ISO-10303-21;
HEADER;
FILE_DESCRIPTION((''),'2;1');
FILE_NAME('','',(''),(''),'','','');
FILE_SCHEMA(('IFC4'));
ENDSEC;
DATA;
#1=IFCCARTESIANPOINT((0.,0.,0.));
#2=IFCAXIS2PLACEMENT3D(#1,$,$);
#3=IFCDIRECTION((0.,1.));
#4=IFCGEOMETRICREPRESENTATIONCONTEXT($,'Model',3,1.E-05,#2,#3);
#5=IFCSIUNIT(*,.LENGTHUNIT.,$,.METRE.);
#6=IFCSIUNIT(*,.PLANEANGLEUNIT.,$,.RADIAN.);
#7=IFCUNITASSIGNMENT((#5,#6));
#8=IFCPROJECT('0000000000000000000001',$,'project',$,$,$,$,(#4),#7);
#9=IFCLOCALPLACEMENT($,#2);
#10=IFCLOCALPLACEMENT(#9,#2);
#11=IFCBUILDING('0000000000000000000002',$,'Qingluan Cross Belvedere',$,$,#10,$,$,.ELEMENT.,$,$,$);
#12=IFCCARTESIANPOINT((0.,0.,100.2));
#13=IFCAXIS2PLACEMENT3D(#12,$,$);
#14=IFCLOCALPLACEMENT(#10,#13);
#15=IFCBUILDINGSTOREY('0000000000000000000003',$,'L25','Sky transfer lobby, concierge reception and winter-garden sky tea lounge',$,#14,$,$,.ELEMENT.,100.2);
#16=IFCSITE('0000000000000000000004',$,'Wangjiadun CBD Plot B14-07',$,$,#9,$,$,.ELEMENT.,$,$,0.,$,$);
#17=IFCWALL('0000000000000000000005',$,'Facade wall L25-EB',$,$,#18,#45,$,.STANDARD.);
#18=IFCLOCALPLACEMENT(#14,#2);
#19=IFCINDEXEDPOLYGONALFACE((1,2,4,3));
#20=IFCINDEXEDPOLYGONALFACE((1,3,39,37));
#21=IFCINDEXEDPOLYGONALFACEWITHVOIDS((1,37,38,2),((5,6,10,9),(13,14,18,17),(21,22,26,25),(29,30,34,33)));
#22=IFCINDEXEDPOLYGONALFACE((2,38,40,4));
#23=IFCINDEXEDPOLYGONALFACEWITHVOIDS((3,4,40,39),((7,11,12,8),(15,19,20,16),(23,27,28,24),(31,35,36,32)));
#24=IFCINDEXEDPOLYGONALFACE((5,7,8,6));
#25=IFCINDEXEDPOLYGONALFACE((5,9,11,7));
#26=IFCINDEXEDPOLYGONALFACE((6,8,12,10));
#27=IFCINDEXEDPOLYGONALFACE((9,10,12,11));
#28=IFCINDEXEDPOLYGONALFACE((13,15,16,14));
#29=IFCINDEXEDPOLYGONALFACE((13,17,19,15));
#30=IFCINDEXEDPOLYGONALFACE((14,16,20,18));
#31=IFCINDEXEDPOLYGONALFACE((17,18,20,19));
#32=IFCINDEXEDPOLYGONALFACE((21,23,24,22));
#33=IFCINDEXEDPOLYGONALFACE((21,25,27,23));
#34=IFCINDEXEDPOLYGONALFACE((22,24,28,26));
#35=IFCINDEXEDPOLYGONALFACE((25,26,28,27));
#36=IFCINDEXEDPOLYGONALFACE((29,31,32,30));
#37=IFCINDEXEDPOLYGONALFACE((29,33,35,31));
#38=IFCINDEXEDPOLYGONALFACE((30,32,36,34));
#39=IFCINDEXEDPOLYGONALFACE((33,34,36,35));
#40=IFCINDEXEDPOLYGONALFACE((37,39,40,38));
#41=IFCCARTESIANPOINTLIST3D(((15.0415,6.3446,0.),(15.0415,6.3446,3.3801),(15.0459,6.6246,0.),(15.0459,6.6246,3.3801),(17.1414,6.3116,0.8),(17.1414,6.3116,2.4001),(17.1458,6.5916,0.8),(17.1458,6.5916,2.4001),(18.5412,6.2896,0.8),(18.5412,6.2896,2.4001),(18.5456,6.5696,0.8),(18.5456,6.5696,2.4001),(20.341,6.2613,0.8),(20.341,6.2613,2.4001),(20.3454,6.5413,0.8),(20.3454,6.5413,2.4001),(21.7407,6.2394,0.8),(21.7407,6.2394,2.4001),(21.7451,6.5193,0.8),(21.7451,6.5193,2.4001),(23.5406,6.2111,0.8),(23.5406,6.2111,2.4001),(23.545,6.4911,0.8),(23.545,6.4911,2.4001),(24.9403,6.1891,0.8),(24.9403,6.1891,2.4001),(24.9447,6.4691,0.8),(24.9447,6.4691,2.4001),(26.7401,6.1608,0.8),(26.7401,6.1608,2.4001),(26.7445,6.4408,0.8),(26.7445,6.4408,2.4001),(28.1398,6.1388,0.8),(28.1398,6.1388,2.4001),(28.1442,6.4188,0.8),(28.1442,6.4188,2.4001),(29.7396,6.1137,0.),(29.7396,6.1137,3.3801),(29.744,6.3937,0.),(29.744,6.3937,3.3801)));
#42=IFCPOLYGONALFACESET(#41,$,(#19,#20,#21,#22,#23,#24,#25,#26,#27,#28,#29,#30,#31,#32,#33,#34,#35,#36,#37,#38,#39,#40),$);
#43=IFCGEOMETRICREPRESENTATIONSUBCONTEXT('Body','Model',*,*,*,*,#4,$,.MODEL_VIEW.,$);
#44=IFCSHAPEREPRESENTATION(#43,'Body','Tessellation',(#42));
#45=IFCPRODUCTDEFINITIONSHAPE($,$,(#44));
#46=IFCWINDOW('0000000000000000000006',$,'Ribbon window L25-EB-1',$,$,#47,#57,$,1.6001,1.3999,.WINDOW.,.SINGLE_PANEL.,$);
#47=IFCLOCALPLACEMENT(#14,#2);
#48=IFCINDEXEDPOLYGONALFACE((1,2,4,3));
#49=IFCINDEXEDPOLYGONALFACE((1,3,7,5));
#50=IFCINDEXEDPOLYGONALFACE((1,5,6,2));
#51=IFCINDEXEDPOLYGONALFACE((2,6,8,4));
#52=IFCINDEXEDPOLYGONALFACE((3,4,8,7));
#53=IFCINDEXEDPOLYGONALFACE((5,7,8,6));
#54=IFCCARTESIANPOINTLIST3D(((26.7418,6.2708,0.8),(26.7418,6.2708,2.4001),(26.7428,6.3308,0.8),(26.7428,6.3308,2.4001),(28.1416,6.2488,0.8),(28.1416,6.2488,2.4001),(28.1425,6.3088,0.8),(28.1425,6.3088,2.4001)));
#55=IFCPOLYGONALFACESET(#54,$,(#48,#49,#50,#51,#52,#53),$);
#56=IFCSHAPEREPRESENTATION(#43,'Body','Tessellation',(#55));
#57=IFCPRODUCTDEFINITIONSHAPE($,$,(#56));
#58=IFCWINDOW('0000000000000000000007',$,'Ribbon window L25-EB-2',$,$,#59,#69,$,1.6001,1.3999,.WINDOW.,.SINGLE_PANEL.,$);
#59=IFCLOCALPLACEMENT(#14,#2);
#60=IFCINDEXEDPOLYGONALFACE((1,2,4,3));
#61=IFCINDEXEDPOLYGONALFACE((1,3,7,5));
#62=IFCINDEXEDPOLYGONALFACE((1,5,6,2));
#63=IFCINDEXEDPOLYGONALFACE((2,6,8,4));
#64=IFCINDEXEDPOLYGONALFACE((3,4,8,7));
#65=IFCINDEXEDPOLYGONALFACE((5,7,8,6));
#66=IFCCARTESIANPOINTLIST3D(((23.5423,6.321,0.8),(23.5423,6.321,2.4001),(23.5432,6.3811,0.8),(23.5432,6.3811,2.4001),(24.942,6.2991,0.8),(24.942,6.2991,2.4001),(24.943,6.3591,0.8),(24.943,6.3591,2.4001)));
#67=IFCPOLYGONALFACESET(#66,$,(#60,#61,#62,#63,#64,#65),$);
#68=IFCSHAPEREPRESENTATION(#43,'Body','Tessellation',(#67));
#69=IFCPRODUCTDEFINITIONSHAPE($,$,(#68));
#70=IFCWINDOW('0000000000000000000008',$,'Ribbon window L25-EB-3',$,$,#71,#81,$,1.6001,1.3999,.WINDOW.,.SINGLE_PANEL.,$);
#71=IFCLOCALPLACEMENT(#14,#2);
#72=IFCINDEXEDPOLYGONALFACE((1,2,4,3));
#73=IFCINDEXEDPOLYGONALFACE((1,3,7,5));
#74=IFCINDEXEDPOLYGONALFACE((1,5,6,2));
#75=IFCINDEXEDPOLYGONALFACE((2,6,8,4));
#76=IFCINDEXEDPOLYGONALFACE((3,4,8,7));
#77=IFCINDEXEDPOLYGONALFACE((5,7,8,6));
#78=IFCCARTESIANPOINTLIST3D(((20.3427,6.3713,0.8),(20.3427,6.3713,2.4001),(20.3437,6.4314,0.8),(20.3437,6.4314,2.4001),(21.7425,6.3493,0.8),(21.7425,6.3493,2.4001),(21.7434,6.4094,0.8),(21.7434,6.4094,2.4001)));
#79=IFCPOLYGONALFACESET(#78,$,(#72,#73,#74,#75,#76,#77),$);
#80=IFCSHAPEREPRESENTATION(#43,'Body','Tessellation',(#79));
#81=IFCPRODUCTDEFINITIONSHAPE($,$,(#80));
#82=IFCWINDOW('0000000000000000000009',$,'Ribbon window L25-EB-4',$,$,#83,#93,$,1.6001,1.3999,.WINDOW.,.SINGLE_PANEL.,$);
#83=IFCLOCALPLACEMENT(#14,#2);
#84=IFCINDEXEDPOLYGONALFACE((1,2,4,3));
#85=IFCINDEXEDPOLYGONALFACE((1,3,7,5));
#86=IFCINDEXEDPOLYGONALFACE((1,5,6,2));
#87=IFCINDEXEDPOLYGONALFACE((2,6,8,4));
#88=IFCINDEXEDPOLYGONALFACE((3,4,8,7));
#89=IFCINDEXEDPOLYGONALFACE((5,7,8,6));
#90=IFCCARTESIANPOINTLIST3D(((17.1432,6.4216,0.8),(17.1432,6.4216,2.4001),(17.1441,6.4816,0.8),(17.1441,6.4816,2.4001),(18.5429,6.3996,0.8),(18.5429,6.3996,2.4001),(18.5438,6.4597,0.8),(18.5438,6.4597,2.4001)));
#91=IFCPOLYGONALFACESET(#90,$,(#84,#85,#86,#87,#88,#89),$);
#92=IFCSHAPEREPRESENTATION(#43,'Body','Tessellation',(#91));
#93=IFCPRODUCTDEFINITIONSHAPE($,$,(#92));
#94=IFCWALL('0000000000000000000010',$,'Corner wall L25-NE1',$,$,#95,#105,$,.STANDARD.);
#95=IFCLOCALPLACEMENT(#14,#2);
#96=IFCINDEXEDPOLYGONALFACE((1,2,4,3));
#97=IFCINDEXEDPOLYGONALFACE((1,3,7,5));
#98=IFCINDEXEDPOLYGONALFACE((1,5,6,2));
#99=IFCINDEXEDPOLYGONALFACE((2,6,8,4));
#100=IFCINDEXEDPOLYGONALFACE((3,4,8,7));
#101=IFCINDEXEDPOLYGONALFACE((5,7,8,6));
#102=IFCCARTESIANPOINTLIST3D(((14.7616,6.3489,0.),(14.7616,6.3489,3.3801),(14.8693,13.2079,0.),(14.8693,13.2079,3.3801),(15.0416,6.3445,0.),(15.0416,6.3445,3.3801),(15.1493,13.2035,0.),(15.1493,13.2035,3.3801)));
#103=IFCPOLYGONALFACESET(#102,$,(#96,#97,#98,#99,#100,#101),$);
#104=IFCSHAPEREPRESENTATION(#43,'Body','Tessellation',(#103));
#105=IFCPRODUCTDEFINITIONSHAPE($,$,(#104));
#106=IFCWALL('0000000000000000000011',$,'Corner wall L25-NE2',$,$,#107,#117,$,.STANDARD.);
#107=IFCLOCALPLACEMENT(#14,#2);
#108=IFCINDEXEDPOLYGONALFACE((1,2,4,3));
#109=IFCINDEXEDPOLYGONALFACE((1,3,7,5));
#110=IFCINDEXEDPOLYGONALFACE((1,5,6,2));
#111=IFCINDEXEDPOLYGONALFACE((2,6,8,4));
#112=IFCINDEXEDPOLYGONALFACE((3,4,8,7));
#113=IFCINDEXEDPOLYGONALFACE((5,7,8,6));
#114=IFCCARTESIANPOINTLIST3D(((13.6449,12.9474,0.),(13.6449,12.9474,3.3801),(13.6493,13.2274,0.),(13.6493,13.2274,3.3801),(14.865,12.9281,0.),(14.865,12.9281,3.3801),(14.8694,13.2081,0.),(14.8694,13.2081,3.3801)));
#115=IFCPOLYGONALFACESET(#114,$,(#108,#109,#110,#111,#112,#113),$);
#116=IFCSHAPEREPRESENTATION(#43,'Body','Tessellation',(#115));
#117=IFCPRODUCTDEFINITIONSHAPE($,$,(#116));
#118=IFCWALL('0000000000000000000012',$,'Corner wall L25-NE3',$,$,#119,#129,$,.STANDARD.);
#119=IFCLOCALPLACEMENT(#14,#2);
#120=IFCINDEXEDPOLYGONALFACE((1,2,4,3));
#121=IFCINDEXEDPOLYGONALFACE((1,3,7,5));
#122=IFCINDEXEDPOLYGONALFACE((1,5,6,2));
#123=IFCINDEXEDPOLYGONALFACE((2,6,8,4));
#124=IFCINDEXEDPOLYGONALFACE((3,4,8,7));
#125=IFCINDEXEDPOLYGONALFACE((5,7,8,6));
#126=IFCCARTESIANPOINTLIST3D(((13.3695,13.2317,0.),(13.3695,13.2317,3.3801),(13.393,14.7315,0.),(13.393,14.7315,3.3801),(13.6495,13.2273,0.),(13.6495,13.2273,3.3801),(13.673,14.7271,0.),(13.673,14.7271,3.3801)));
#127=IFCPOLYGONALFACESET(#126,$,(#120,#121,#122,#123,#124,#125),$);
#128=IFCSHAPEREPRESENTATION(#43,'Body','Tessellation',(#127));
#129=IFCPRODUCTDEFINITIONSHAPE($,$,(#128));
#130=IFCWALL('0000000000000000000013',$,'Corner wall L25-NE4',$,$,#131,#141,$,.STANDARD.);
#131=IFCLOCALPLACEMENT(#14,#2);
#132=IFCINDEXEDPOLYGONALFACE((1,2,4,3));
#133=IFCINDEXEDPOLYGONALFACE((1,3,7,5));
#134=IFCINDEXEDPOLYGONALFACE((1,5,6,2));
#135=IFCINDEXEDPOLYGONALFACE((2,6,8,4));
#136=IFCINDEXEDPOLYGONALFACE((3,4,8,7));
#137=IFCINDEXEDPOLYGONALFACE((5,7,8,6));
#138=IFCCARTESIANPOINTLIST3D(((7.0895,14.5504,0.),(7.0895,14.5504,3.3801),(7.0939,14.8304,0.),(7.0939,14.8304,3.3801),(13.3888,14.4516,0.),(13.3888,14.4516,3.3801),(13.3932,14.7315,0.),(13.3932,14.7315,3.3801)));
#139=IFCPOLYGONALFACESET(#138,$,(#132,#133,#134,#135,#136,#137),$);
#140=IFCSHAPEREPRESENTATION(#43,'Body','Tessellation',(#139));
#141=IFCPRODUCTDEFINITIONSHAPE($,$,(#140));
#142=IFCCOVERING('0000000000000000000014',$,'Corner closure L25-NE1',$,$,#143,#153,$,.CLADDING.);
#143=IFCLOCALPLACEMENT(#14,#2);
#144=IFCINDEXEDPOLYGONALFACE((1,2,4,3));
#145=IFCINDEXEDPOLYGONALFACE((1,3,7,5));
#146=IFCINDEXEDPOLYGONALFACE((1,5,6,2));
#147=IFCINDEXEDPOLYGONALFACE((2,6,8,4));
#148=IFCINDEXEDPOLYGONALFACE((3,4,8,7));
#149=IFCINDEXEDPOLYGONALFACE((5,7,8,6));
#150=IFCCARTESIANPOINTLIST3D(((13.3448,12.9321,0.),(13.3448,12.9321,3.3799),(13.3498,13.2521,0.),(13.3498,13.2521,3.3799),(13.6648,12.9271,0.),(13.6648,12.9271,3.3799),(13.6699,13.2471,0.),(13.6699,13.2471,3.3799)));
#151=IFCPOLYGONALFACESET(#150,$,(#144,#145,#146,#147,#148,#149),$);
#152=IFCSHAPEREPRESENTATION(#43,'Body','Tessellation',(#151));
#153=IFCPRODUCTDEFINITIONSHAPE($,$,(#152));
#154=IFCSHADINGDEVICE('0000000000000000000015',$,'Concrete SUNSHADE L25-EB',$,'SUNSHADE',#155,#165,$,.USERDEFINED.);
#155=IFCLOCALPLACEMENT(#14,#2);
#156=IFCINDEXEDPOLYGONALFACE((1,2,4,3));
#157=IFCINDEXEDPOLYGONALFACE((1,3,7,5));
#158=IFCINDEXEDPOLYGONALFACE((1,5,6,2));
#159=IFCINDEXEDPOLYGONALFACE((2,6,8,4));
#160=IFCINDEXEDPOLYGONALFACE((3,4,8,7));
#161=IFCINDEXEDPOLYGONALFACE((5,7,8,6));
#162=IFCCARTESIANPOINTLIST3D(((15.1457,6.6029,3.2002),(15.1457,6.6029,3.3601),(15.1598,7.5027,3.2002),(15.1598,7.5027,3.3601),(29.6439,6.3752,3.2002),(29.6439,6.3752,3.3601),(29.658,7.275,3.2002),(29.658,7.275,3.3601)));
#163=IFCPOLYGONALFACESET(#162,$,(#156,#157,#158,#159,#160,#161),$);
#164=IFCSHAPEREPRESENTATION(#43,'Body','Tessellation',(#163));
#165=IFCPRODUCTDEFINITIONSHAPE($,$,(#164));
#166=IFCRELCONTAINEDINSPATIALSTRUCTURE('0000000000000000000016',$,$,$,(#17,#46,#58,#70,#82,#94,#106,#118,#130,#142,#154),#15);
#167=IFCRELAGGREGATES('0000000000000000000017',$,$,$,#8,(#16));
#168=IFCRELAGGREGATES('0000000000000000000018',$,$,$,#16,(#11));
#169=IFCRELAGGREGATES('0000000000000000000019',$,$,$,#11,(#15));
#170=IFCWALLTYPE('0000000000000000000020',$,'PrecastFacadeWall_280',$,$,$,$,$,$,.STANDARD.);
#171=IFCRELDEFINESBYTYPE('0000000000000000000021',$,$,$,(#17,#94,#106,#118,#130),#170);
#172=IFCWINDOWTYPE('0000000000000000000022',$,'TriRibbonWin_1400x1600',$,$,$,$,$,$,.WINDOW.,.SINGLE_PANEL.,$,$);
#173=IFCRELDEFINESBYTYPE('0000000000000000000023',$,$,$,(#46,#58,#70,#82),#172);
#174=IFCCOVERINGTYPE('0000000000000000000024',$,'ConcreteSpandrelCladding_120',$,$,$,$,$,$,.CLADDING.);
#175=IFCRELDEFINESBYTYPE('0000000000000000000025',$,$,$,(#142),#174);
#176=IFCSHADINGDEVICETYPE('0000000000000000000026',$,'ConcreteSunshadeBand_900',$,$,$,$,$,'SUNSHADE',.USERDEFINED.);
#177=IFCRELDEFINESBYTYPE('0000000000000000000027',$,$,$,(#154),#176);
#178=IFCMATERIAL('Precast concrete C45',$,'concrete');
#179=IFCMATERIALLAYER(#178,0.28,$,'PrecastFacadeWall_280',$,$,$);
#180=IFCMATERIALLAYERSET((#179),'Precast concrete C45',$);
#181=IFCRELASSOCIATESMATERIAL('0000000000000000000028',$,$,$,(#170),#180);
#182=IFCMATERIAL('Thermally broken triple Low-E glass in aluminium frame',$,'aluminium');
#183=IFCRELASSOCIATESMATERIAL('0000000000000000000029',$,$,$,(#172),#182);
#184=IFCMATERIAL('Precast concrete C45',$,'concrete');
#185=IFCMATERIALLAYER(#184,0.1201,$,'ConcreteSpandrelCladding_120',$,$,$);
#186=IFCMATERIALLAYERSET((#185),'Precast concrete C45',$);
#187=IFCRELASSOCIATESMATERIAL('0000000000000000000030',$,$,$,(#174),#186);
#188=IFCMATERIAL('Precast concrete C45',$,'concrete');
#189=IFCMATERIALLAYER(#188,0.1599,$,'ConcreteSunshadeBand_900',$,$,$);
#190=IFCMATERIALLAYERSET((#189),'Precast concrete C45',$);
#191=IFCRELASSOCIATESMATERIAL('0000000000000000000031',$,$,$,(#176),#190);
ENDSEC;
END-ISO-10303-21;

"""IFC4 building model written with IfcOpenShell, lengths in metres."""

from ifc_helpers import new_model, si_unit, direction, frame, frame_2d, origin, origin_2d, place, context, subcontext, project, spatial, rectangle, extrude, material, layer, layer_set, type_object, element, fill, save


model = new_model("IFC4")

# Units and contexts
model_context = context("Model", 3, precision=1e-05, world=origin(), true_north=direction((0.0, 1.0)))
body_context = subcontext(model_context, "Body", "Model", "MODEL_VIEW")
ifc_project = project(units=[si_unit("LENGTHUNIT", "METRE"), si_unit("PLANEANGLEUNIT", "RADIAN")], contexts=[model_context])

# Site, building, storey
site_placement = place(None, origin())
site = spatial("IfcSite", under=ifc_project, at=site_placement, Name="Wangjiadun CBD Plot B14-07", CompositionType="ELEMENT", RefElevation=0.0)
building_placement = place(site_placement, origin())
building = spatial("IfcBuilding", under=site, at=building_placement, Name="Qingluan Cross Belvedere", CompositionType="ELEMENT")
storey_placement = place(building_placement, frame((0.0, 0.0, 100.2)))
storey = spatial("IfcBuildingStorey", under=building, at=storey_placement, Name="L25", Description="Sky transfer lobby, concierge reception and winter-garden sky tea lounge", CompositionType="ELEMENT", Elevation=100.2)

# Wall, openings, windows
ifc_material_1 = material(Name="Precast concrete C45", Category="concrete")
ifc_layer_1 = layer(ifc_material_1, 0.28, Name="PrecastFacadeWall_280")
ifc_layer_set_1 = layer_set([ifc_layer_1], Name="Precast concrete C45")
wall_type = type_object("IfcWallType", Name="PrecastFacadeWall_280", PredefinedType="STANDARD", material=ifc_layer_set_1)
wall_1_placement = place(storey_placement, frame((29.7419, 6.2537, 0.0), z_axis=(0.0, 0.0, 1.0), x_axis=(-0.999877, 0.015711, 0.0)))
wall_1 = element("IfcWall", 1, at=wall_1_placement, inside=storey, type_object=wall_type, Name="Facade wall L25-EB", PredefinedType="STANDARD", context=body_context, shape_type="SweptSolid", body=[
    extrude(rectangle(XDim=14.7, YDim=0.28, at=frame_2d((7.3501, 0.0))), origin(), (0.0, 0.0, 1.0), 3.3801),
])
opening_1_placement = place(wall_1_placement, frame((1.6001, 0.0, 0.8)))
opening_1 = element("IfcOpeningElement", 2, at=opening_1_placement, cuts=wall_1, PredefinedType="OPENING", context=body_context, shape_type="SweptSolid", body=[
    extrude(rectangle(XDim=1.3999, YDim=1.6001, at=frame_2d((0.7, 0.8))), frame((0.0, 0.1499, 0.0), z_axis=(0.0, -1.0, 0.0), x_axis=(1.0, 0.0, 0.0)), (0.0, 0.0, 1.0), 0.3),
])
opening_2_placement = place(wall_1_placement, frame((4.8, 0.0, 0.8)))
opening_2 = element("IfcOpeningElement", 3, at=opening_2_placement, cuts=wall_1, PredefinedType="OPENING", context=body_context, shape_type="SweptSolid", body=[
    extrude(rectangle(XDim=1.3999, YDim=1.6001, at=frame_2d((0.7, 0.8))), frame((0.0, 0.1499, 0.0), z_axis=(0.0, -1.0, 0.0), x_axis=(1.0, 0.0, 0.0)), (0.0, 0.0, 1.0), 0.3),
])
opening_3_placement = place(wall_1_placement, frame((8.0, 0.0, 0.8)))
opening_3 = element("IfcOpeningElement", 4, at=opening_3_placement, cuts=wall_1, PredefinedType="OPENING", context=body_context, shape_type="SweptSolid", body=[
    extrude(rectangle(XDim=1.3999, YDim=1.6001, at=frame_2d((0.7, 0.8))), frame((0.0, 0.1499, 0.0), z_axis=(0.0, -1.0, 0.0), x_axis=(1.0, 0.0, 0.0)), (0.0, 0.0, 1.0), 0.3),
])
opening_4_placement = place(wall_1_placement, frame((11.2, 0.0, 0.8)))
opening_4 = element("IfcOpeningElement", 5, at=opening_4_placement, cuts=wall_1, PredefinedType="OPENING", context=body_context, shape_type="SweptSolid", body=[
    extrude(rectangle(XDim=1.3999, YDim=1.6001, at=frame_2d((0.7, 0.8))), frame((0.0, 0.1499, 0.0), z_axis=(0.0, -1.0, 0.0), x_axis=(1.0, 0.0, 0.0)), (0.0, 0.0, 1.0), 0.3),
])
ifc_material_2 = material(Name="Thermally broken triple Low-E glass in aluminium frame", Category="aluminium")
window_type = type_object("IfcWindowType", Name="TriRibbonWin_1400x1600", PartitioningType="SINGLE_PANEL", PredefinedType="WINDOW", material=ifc_material_2)
window_1_placement = place(opening_1_placement, origin())
window_1 = element("IfcWindow", 6, at=window_1_placement, inside=storey, type_object=window_type, Name="Ribbon window L25-EB-1", OverallHeight=1.6001, OverallWidth=1.3999, PartitioningType="SINGLE_PANEL", PredefinedType="WINDOW", context=body_context, shape_type="SweptSolid", body=[
    extrude(rectangle(XDim=1.3999, YDim=1.6001, at=frame_2d((0.7, 0.8))), frame((0.0, 0.03, 0.0), z_axis=(0.0, -1.0, 0.0), x_axis=(1.0, 0.0, 0.0)), (0.0, 0.0, 1.0), 0.0601),
])
fill(opening_1, window_1)
window_2_placement = place(opening_2_placement, origin())
window_2 = element("IfcWindow", 7, at=window_2_placement, inside=storey, type_object=window_type, Name="Ribbon window L25-EB-2", OverallHeight=1.6001, OverallWidth=1.3999, PartitioningType="SINGLE_PANEL", PredefinedType="WINDOW", context=body_context, shape_type="SweptSolid", body=[
    extrude(rectangle(XDim=1.3999, YDim=1.6001, at=frame_2d((0.7, 0.8))), frame((0.0, 0.03, 0.0), z_axis=(0.0, -1.0, 0.0), x_axis=(1.0, 0.0, 0.0)), (0.0, 0.0, 1.0), 0.0601),
])
fill(opening_2, window_2)
window_3_placement = place(opening_3_placement, origin())
window_3 = element("IfcWindow", 8, at=window_3_placement, inside=storey, type_object=window_type, Name="Ribbon window L25-EB-3", OverallHeight=1.6001, OverallWidth=1.3999, PartitioningType="SINGLE_PANEL", PredefinedType="WINDOW", context=body_context, shape_type="SweptSolid", body=[
    extrude(rectangle(XDim=1.3999, YDim=1.6001, at=frame_2d((0.7, 0.8))), frame((0.0, 0.03, 0.0), z_axis=(0.0, -1.0, 0.0), x_axis=(1.0, 0.0, 0.0)), (0.0, 0.0, 1.0), 0.0601),
])
fill(opening_3, window_3)
window_4_placement = place(opening_4_placement, origin())
window_4 = element("IfcWindow", 9, at=window_4_placement, inside=storey, type_object=window_type, Name="Ribbon window L25-EB-4", OverallHeight=1.6001, OverallWidth=1.3999, PartitioningType="SINGLE_PANEL", PredefinedType="WINDOW", context=body_context, shape_type="SweptSolid", body=[
    extrude(rectangle(XDim=1.3999, YDim=1.6001, at=frame_2d((0.7, 0.8))), frame((0.0, 0.03, 0.0), z_axis=(0.0, -1.0, 0.0), x_axis=(1.0, 0.0, 0.0)), (0.0, 0.0, 1.0), 0.0601),
])
fill(opening_4, window_4)

# Walls
wall_2_placement = place(storey_placement, frame((14.9016, 6.3467, 0.0), z_axis=(0.0, 0.0, 1.0), x_axis=(0.015695, 0.999877, 0.0)))
element("IfcWall", 10, at=wall_2_placement, inside=storey, type_object=wall_type, Name="Corner wall L25-NE1", PredefinedType="STANDARD", context=body_context, shape_type="SweptSolid", body=[
    extrude(rectangle(XDim=6.8599, YDim=0.28, at=frame_2d((3.4299, 0.0))), origin(), (0.0, 0.0, 1.0), 3.3801),
])
wall_3_placement = place(storey_placement, frame((14.8672, 13.0681, 0.0), z_axis=(0.0, 0.0, 1.0), x_axis=(-0.999875, 0.015808, 0.0)))
element("IfcWall", 11, at=wall_3_placement, inside=storey, type_object=wall_type, Name="Corner wall L25-NE2", PredefinedType="STANDARD", context=body_context, shape_type="SweptSolid", body=[
    extrude(rectangle(XDim=1.2202, YDim=0.28, at=frame_2d((0.6101, 0.0))), origin(), (0.0, 0.0, 1.0), 3.3801),
])
wall_4_placement = place(storey_placement, frame((13.5095, 13.2295, 0.0), z_axis=(0.0, 0.0, 1.0), x_axis=(0.015626, 0.999878, 0.0)))
element("IfcWall", 12, at=wall_4_placement, inside=storey, type_object=wall_type, Name="Corner wall L25-NE3", PredefinedType="STANDARD", context=body_context, shape_type="SweptSolid", body=[
    extrude(rectangle(XDim=1.5, YDim=0.28, at=frame_2d((0.75, 0.0))), origin(), (0.0, 0.0, 1.0), 3.3801),
])
wall_5_placement = place(storey_placement, frame((13.3909, 14.5916, 0.0), z_axis=(0.0, 0.0, 1.0), x_axis=(-0.999877, 0.015695, 0.0)))
element("IfcWall", 13, at=wall_5_placement, inside=storey, type_object=wall_type, Name="Corner wall L25-NE4", PredefinedType="STANDARD", context=body_context, shape_type="SweptSolid", body=[
    extrude(rectangle(XDim=6.3, YDim=0.28, at=frame_2d((3.1499, 0.0))), origin(), (0.0, 0.0, 1.0), 3.3801),
])

# Covering
ifc_material_3 = material(Name="Precast concrete C45", Category="concrete")
ifc_layer_2 = layer(ifc_material_3, 0.1201, Name="ConcreteSpandrelCladding_120")
ifc_layer_set_2 = layer_set([ifc_layer_2], Name="Precast concrete C45")
covering_type = type_object("IfcCoveringType", Name="ConcreteSpandrelCladding_120", PredefinedType="CLADDING", material=ifc_layer_set_2)
covering_placement = place(storey_placement, frame((13.5073, 13.0896, 0.0), z_axis=(0.0, 0.0, 1.0), x_axis=(0.999877, -0.015707, 0.0)))
element("IfcCovering", 14, at=covering_placement, inside=storey, type_object=covering_type, Name="Corner closure L25-NE1", PredefinedType="CLADDING", context=body_context, shape_type="SweptSolid", body=[
    extrude(rectangle(XDim=0.3201, YDim=0.3201, at=origin_2d()), origin(), (0.0, 0.0, 1.0), 3.3799),
])

# Shading device
ifc_material_4 = material(Name="Precast concrete C45", Category="concrete")
ifc_layer_3 = layer(ifc_material_4, 0.1599, Name="ConcreteSunshadeBand_900")
ifc_layer_set_3 = layer_set([ifc_layer_3], Name="Precast concrete C45")
shading_device_type = type_object("IfcShadingDeviceType", Name="ConcreteSunshadeBand_900", ElementType="SUNSHADE", PredefinedType="USERDEFINED", material=ifc_layer_set_3)
shading_device_placement = place(storey_placement, frame((22.4019, 6.939, 3.2002), z_axis=(0.0, 0.0, 1.0), x_axis=(-0.999877, 0.015707, 0.0)))
element("IfcShadingDevice", 15, at=shading_device_placement, inside=storey, type_object=shading_device_type, Name="Concrete SUNSHADE L25-EB", ObjectType="SUNSHADE", PredefinedType="USERDEFINED", context=body_context, shape_type="SweptSolid", body=[
    extrude(rectangle(XDim=14.5, YDim=0.8999, at=origin_2d()), origin(), (0.0, 0.0, 1.0), 0.1599),
])

save(model, "model.ifc")
